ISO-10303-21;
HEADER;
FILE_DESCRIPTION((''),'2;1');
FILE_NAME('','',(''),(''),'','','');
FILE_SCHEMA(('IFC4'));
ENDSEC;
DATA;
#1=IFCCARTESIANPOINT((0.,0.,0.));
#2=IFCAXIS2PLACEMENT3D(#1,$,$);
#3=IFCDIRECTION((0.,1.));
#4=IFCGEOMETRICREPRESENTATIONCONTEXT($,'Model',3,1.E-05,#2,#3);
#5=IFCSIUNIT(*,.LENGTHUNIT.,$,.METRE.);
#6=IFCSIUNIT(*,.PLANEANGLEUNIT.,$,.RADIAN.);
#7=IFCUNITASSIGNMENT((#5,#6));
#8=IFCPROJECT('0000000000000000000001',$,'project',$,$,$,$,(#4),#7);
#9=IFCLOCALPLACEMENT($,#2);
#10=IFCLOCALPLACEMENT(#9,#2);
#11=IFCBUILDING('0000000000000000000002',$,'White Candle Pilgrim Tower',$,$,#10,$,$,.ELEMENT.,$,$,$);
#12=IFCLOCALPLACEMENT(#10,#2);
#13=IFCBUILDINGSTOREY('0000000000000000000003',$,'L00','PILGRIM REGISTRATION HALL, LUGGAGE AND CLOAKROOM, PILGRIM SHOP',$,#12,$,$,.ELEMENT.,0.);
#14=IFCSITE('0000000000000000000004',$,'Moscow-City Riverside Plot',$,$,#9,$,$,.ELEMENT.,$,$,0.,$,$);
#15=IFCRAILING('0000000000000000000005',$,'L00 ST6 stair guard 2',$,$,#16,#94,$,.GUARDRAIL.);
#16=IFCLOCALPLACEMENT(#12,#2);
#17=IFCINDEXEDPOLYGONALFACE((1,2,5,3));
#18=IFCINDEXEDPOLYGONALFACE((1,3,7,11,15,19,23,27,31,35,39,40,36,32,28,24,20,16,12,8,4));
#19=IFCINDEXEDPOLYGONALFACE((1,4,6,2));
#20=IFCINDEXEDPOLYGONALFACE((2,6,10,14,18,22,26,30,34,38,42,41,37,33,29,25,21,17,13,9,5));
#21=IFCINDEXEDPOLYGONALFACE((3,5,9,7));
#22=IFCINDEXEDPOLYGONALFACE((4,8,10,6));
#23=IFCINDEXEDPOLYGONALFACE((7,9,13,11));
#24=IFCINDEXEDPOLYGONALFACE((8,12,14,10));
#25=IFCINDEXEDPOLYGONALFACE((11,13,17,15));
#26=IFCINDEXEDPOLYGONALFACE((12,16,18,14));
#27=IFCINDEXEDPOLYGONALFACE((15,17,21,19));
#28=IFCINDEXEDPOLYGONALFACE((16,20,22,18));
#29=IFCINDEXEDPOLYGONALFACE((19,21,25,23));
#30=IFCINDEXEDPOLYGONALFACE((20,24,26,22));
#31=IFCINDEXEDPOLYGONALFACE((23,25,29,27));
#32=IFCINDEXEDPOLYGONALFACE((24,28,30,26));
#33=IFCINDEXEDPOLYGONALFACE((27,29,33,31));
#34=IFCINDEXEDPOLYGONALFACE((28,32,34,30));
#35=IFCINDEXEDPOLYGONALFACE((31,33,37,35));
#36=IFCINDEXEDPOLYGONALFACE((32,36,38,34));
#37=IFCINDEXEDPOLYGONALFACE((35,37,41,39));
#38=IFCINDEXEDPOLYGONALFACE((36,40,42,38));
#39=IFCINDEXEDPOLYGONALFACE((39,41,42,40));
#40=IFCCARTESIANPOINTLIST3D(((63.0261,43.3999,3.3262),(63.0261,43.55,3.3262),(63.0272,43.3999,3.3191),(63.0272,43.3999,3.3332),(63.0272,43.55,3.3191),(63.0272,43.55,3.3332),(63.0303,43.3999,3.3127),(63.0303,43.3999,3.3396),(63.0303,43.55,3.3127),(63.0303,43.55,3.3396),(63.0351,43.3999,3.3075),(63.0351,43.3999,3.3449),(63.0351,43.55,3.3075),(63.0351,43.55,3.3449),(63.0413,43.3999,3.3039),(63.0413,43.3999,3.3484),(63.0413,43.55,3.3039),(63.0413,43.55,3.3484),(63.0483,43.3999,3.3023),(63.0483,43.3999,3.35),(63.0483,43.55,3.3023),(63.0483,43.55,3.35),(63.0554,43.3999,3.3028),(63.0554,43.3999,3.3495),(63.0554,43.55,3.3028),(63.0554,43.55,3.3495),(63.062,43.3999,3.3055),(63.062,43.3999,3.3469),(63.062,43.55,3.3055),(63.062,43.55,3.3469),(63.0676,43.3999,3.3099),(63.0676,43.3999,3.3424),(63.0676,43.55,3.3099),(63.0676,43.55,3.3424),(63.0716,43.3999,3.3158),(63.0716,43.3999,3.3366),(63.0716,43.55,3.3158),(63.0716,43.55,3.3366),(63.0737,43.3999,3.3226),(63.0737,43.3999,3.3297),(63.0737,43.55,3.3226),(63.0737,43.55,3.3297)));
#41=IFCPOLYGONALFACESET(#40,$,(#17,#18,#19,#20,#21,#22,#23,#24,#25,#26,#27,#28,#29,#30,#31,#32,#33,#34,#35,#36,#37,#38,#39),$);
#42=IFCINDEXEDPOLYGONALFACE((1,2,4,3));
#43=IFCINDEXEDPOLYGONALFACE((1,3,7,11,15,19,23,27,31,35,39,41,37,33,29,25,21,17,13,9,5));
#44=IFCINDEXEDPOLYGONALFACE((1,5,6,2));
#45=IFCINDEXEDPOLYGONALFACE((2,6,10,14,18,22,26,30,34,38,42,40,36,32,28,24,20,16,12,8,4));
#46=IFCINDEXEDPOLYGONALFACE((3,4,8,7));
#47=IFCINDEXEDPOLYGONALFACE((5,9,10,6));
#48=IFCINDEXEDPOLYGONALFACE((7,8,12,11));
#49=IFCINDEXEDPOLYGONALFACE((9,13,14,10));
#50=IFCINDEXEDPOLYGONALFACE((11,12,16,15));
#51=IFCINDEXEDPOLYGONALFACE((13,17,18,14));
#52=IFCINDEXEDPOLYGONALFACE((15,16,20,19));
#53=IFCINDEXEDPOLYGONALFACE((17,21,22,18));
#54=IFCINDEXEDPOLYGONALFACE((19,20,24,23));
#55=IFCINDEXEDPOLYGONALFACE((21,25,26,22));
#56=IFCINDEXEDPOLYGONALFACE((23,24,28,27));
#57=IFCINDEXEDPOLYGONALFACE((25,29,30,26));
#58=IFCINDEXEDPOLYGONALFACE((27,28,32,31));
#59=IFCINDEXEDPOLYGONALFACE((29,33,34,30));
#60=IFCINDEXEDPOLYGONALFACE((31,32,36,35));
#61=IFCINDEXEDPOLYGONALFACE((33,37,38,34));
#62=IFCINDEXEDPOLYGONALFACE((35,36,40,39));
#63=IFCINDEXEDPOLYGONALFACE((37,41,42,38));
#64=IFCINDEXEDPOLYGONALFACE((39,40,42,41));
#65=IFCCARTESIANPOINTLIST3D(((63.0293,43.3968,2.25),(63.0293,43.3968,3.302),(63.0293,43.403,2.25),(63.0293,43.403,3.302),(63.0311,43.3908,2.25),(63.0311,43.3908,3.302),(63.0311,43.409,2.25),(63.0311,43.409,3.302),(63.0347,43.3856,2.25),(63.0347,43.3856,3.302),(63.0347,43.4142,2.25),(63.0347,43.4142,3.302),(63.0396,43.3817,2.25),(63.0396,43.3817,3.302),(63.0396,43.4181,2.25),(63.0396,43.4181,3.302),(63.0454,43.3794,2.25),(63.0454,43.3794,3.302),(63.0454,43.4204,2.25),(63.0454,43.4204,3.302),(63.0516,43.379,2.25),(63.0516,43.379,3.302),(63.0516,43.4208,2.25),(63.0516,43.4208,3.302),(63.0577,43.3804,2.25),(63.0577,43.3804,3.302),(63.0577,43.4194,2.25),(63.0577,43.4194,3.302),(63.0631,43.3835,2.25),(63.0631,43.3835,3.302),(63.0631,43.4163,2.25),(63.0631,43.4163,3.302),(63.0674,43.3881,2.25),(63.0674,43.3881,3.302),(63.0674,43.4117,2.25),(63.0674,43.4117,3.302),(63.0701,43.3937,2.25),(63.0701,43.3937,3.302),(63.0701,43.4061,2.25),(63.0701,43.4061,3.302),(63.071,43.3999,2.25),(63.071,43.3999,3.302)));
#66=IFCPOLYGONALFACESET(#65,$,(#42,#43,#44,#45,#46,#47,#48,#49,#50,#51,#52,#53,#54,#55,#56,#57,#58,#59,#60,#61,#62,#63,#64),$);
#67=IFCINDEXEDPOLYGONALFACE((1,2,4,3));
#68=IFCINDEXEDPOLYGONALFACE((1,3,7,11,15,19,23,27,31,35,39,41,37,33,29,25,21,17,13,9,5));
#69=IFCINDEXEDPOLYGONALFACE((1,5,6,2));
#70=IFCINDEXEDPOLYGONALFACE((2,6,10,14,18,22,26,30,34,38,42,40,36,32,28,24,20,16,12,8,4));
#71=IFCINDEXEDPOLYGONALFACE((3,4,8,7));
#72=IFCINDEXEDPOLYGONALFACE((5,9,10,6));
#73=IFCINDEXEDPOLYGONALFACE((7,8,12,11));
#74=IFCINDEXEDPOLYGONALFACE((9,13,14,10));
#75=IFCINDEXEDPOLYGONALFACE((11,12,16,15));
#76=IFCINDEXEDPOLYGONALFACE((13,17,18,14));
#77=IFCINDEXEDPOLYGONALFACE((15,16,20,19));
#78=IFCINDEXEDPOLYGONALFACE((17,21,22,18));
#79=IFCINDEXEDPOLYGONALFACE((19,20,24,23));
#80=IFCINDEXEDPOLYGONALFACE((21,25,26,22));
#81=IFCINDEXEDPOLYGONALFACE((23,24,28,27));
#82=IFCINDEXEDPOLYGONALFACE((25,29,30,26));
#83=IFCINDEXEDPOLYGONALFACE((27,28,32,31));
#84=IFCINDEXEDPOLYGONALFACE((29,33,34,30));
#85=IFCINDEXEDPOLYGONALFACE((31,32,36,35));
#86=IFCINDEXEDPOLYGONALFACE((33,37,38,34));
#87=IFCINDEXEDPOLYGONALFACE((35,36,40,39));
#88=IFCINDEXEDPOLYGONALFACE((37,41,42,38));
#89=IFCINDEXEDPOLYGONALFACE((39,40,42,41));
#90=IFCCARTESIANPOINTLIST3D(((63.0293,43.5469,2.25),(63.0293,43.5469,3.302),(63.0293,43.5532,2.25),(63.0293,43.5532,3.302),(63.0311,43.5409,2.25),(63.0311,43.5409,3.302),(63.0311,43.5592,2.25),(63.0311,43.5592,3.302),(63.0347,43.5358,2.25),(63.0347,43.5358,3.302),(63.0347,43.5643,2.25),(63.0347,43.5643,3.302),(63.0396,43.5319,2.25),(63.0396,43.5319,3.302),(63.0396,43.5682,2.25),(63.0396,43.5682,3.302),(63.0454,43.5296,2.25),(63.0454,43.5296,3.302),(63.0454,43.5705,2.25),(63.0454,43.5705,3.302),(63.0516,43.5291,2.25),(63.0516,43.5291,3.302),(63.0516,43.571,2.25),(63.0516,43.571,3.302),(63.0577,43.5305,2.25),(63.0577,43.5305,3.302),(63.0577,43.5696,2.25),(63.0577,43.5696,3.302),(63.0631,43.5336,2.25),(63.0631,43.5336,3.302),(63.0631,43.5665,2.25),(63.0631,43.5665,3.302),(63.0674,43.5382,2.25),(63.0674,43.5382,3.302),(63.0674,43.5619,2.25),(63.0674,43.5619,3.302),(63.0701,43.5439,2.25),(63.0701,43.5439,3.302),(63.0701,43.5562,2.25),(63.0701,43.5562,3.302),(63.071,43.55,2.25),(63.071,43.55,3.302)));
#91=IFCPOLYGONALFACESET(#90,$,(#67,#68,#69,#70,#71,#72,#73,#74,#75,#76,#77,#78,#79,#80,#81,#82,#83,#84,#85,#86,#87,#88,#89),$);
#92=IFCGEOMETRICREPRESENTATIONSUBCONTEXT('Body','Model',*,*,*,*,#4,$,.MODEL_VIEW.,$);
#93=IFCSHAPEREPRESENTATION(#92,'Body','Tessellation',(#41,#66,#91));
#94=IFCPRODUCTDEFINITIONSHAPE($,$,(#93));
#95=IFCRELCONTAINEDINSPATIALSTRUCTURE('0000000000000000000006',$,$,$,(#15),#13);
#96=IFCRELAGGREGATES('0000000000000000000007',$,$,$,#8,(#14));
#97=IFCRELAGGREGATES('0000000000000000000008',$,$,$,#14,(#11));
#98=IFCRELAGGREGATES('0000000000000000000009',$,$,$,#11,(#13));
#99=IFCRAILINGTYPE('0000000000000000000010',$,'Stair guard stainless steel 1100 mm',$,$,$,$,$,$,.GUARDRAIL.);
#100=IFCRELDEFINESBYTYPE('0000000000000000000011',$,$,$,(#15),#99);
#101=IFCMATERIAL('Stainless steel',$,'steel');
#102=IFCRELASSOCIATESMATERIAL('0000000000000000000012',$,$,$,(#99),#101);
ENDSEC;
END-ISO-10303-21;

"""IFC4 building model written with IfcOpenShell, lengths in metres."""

from ifc_helpers import new_model, si_unit, direction, frame, origin, origin_2d, place, context, subcontext, project, spatial, circle, extrude, material, type_object, element, save


model = new_model("IFC4")

# Units and contexts
model_context = context("Model", 3, precision=1e-05, world=origin(), true_north=direction((0.0, 1.0)))
body_context = subcontext(model_context, "Body", "Model", "MODEL_VIEW")
ifc_project = project(units=[si_unit("LENGTHUNIT", "METRE"), si_unit("PLANEANGLEUNIT", "RADIAN")], contexts=[model_context])

# Site, building, storey
site_placement = place(None, origin())
site = spatial("IfcSite", under=ifc_project, at=site_placement, Name="Moscow-City Riverside Plot", CompositionType="ELEMENT", RefElevation=0.0)
building_placement = place(site_placement, origin())
building = spatial("IfcBuilding", under=site, at=building_placement, Name="White Candle Pilgrim Tower", CompositionType="ELEMENT")
storey_placement = place(building_placement, origin())
storey = spatial("IfcBuildingStorey", under=building, at=storey_placement, Name="L00", Description="PILGRIM REGISTRATION HALL, LUGGAGE AND CLOAKROOM, PILGRIM SHOP", CompositionType="ELEMENT", Elevation=0.0)

# Railing
ifc_material_1 = material(Name="Stainless steel", Category="steel")
railing_type_1 = type_object("IfcRailingType", Name="Stair guard stainless steel 1100 mm", PredefinedType="GUARDRAIL", material=ifc_material_1)
railing_1_placement = place(storey_placement, frame((63.05, 43.3999, 2.25)))
element("IfcRailing", 1, at=railing_1_placement, inside=storey, type_object=railing_type_1, Name="L00 ST6 stair guard 2", PredefinedType="GUARDRAIL", context=body_context, shape_type="SweptSolid", body=[
    extrude(circle(Radius=0.0239, at=origin_2d()), frame((0.0, 0.0, 1.0762), z_axis=(0.0, 1.0, 0.0), x_axis=(-1.0, 0.0, 0.0)), (0.0, 0.0, 1.0), 0.1501),
    extrude(circle(Radius=0.021, at=origin_2d()), origin(), (0.0, 0.0, 1.0), 1.052),
    extrude(circle(Radius=0.021, at=origin_2d()), frame((0.0, 0.1501, 0.0)), (0.0, 0.0, 1.0), 1.052),
])

save(model, "model.ifc")
